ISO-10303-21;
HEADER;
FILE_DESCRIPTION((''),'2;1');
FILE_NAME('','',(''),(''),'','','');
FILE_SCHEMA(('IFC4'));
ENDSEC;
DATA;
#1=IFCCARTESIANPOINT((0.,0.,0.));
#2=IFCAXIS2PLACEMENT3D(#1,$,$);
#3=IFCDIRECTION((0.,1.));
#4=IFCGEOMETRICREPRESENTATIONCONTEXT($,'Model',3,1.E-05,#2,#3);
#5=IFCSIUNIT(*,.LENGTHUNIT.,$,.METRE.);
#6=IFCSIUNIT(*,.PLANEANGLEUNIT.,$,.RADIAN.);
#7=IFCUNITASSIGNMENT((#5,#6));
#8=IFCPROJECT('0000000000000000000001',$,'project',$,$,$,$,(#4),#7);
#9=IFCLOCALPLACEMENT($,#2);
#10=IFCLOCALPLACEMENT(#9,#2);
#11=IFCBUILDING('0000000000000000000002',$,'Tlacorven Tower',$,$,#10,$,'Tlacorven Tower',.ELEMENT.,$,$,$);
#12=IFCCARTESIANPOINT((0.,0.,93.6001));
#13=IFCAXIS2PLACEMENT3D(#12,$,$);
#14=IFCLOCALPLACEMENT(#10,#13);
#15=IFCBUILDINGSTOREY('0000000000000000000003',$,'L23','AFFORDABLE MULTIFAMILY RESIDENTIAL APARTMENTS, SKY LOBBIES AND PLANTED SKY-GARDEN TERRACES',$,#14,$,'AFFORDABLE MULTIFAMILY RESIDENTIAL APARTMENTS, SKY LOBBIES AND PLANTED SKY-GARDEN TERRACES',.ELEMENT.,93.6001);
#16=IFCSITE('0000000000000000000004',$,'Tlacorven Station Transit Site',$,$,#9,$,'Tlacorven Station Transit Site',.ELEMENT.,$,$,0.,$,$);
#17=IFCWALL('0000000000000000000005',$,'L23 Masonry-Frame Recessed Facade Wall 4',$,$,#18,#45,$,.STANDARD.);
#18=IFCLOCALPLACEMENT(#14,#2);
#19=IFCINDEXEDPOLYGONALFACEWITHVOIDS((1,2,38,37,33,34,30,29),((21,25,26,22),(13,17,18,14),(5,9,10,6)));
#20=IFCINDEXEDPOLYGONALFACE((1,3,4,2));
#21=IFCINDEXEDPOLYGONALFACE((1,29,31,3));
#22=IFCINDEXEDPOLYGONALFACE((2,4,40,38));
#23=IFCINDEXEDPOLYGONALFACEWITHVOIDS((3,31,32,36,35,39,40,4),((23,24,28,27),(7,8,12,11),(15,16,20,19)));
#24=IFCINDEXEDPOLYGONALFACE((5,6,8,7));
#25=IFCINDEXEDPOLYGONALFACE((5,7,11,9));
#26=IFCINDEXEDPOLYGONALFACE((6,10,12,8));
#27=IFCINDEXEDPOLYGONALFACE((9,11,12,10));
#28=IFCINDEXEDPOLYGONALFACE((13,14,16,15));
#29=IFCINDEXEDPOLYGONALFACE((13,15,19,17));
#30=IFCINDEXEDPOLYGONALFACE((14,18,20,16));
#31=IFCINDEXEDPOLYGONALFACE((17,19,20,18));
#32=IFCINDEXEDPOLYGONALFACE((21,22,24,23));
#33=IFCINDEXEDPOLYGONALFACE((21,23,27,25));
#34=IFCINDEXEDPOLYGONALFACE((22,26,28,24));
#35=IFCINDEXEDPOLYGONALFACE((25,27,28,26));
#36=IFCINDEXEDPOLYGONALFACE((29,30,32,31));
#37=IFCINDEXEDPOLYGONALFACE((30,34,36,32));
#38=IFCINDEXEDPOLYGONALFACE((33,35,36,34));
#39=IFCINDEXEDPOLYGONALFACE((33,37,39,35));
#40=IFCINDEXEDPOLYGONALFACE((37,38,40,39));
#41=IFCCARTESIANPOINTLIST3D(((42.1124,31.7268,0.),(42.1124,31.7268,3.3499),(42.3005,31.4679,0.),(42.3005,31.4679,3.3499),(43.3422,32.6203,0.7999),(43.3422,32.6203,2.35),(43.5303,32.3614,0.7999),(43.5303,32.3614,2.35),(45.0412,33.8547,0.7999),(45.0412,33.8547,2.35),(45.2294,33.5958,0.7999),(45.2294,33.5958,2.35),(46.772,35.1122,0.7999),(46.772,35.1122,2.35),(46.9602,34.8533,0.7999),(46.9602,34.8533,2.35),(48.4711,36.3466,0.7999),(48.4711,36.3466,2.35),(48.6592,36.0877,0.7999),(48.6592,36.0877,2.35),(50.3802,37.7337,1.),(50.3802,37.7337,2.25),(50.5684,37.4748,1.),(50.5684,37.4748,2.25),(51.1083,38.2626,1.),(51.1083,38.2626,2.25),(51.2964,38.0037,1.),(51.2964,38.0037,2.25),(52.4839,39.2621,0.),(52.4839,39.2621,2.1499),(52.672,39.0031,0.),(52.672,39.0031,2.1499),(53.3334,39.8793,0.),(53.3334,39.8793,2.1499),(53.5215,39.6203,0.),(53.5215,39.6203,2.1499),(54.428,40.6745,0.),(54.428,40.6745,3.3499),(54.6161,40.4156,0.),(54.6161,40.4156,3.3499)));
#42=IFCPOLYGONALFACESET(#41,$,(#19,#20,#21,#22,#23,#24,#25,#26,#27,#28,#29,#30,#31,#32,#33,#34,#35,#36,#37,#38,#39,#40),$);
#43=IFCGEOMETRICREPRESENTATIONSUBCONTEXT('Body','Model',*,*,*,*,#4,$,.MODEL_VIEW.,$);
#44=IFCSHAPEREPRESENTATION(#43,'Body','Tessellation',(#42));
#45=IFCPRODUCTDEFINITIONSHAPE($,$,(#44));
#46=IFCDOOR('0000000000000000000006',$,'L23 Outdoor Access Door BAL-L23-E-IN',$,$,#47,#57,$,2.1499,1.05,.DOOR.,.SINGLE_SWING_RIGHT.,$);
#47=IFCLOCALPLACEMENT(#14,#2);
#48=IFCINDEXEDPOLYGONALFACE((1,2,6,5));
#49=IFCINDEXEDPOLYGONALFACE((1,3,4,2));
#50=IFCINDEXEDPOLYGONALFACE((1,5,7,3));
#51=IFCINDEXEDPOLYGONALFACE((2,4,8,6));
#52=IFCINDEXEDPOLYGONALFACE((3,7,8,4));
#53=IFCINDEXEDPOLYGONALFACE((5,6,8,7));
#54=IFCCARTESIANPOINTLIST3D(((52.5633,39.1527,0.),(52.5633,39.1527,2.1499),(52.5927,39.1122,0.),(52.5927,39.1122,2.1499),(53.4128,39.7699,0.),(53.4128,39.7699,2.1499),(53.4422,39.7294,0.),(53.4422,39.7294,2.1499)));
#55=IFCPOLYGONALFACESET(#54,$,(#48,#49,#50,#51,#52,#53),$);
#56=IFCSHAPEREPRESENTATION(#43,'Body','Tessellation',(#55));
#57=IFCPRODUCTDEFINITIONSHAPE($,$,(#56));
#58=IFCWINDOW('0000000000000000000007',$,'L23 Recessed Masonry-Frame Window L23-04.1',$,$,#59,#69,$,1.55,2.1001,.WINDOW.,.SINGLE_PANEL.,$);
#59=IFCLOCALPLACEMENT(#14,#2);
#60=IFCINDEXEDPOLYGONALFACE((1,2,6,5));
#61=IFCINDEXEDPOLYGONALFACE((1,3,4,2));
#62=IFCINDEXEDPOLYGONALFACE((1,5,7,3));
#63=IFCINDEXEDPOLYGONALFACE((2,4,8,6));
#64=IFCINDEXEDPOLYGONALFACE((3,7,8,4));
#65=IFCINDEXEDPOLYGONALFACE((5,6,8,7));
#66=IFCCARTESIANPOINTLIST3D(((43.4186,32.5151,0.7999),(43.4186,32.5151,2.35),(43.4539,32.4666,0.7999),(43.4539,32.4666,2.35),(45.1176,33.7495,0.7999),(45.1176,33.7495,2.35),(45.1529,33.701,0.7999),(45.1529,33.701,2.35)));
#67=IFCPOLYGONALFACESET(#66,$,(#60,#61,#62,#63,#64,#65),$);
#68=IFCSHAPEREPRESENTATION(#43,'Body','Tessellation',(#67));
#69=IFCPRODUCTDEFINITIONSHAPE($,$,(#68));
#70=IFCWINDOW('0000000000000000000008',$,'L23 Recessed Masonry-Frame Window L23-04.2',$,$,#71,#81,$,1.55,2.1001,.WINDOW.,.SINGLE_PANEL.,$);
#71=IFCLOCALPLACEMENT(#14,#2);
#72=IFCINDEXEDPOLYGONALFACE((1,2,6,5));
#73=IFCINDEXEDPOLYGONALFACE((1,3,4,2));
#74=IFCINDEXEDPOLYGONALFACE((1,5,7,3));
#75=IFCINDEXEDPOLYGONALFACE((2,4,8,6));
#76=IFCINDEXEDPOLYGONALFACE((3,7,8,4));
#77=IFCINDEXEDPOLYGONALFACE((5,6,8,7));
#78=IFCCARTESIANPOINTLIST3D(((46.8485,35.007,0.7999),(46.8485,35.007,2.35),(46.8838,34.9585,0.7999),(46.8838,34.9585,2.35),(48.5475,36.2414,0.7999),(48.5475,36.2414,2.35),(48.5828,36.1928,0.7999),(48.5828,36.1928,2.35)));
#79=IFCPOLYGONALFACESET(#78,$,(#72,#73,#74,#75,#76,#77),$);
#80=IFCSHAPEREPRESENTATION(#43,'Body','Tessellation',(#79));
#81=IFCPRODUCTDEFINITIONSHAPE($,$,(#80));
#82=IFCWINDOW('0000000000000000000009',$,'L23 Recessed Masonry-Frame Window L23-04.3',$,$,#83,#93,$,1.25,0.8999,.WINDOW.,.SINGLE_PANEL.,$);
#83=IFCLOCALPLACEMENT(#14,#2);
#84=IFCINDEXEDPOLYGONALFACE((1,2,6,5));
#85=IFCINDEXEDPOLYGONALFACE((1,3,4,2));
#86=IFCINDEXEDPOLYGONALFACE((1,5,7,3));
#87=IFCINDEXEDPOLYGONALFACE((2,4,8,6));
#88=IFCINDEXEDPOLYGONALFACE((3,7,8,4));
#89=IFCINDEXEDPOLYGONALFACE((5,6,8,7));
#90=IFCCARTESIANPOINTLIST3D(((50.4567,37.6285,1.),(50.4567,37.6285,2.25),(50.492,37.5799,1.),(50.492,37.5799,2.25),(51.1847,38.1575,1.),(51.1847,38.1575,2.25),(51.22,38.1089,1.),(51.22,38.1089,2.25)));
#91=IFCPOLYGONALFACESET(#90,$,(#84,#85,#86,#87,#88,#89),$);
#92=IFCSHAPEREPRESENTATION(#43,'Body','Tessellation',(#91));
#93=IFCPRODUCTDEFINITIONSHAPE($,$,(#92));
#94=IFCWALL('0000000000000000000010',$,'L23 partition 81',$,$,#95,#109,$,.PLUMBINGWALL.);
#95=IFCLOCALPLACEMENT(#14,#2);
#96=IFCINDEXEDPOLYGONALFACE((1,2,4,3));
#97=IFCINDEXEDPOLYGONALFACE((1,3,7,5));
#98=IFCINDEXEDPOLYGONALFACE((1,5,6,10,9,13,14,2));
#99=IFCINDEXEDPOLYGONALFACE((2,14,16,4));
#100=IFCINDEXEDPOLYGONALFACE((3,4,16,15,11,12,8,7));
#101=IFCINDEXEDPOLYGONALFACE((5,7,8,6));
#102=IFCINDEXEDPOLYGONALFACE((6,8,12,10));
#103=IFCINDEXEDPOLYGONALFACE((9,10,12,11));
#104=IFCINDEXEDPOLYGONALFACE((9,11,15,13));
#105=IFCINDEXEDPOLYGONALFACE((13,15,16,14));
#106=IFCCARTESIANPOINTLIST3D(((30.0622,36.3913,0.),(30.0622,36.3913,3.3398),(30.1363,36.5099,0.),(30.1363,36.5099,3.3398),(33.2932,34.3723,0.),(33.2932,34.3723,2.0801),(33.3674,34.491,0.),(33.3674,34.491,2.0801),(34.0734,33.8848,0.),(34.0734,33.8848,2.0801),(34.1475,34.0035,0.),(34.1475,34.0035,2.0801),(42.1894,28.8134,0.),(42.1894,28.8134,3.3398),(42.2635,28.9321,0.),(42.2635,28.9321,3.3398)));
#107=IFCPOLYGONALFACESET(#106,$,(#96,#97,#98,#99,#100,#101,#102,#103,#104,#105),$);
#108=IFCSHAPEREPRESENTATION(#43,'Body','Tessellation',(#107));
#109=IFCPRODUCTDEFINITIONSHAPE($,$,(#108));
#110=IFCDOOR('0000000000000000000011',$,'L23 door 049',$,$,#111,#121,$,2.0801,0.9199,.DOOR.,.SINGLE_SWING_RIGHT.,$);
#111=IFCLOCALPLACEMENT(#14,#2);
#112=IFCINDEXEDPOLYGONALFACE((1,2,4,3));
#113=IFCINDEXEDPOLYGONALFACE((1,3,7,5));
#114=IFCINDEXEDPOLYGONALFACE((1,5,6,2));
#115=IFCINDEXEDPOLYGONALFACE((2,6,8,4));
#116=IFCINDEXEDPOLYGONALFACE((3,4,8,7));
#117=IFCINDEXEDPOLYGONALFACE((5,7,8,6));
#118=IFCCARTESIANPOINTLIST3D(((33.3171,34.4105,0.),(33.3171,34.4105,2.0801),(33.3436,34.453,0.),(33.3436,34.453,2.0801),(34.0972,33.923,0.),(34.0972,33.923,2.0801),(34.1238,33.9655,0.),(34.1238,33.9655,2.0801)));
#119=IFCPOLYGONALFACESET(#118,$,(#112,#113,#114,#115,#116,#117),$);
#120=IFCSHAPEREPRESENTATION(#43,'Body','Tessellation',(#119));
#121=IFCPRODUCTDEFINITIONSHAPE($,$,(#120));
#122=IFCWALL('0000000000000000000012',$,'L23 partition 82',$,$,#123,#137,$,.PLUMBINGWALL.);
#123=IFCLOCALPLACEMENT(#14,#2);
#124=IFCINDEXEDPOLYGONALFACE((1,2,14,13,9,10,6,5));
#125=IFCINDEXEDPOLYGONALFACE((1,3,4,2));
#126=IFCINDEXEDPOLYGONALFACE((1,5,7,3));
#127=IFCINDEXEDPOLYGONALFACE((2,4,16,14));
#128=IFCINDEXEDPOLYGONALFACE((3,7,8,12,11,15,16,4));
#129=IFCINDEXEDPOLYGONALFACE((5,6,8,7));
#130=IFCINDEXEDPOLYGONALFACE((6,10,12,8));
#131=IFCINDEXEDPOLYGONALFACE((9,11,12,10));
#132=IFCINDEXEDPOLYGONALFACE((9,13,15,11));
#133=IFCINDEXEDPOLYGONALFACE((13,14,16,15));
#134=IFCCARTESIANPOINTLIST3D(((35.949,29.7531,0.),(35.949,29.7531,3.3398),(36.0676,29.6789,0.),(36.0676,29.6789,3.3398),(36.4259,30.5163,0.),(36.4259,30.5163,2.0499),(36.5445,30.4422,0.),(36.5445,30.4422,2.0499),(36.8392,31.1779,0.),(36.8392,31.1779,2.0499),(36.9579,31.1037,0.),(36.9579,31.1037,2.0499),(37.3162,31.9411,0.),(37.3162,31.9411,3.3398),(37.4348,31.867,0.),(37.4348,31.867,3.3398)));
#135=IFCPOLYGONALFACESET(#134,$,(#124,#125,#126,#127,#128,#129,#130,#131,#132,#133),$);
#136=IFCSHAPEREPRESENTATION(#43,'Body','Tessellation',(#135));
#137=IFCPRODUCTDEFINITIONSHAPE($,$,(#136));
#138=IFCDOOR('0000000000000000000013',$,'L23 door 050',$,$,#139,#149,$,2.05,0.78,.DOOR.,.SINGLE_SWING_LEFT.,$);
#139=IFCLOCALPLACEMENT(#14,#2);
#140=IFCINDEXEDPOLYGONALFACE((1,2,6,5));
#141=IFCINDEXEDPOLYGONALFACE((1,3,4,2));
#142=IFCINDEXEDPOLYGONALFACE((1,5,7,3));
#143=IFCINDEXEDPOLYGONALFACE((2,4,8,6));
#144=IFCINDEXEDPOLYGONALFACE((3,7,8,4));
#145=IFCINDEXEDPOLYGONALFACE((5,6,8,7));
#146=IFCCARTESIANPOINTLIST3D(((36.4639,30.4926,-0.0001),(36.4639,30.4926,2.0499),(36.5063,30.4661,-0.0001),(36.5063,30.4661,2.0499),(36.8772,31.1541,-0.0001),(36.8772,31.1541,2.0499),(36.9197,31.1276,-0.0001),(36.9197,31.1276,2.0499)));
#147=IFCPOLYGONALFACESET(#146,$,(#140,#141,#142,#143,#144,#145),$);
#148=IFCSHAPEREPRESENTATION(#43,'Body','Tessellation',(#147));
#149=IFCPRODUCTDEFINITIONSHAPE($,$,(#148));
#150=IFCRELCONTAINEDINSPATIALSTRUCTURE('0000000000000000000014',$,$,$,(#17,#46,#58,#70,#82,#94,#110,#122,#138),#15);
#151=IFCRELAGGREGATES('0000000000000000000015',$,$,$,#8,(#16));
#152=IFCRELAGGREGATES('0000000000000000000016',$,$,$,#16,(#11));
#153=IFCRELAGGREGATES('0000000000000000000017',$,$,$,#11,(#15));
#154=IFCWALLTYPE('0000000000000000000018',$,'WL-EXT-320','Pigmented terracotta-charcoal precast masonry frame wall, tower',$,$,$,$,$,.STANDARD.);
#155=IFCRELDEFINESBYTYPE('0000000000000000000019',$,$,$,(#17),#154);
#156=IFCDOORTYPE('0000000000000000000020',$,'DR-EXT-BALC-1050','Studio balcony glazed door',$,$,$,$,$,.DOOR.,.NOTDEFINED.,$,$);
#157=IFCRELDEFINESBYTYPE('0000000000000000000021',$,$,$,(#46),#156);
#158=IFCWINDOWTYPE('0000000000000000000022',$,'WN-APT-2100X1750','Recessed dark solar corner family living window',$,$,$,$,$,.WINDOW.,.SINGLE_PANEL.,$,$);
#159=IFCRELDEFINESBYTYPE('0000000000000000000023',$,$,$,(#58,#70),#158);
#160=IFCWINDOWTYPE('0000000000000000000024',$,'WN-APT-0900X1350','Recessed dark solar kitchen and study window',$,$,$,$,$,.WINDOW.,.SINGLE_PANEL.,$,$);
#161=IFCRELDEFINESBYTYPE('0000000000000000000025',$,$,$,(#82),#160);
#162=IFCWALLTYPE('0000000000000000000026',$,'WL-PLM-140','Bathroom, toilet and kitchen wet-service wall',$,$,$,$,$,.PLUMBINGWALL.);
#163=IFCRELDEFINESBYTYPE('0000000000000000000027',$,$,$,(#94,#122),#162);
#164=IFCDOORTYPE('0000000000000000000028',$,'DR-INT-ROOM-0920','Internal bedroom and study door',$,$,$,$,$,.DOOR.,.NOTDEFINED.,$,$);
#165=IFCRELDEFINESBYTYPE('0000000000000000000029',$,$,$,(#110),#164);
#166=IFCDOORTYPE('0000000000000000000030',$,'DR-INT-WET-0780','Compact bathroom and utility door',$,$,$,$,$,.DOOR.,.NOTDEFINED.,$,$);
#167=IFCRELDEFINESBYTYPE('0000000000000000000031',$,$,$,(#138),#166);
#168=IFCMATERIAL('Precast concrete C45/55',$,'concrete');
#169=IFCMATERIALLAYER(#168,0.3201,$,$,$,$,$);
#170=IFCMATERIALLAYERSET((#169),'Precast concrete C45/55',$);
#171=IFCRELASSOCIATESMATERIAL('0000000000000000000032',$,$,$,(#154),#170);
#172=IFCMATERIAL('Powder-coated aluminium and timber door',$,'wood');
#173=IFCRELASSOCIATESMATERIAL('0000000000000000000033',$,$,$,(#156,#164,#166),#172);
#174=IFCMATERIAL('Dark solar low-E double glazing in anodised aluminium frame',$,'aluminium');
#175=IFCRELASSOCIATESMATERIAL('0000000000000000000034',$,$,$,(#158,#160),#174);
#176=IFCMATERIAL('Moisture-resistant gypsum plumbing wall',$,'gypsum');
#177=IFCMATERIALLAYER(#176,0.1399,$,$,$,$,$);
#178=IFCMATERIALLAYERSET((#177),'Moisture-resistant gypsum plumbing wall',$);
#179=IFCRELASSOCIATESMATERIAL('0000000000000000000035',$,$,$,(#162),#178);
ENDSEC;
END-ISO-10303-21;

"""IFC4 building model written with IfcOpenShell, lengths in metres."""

from ifc_helpers import new_model, si_unit, direction, frame, frame_2d, origin, place, context, subcontext, project, spatial, rectangle, extrude, source, transform, mapped, material, layer, layer_set, type_object, element, fill, save


model = new_model("IFC4")

# Units and contexts
model_context = context("Model", 3, precision=1e-05, world=origin(), true_north=direction((0.0, 1.0)))
body_context = subcontext(model_context, "Body", "Model", "MODEL_VIEW")
ifc_project = project(units=[si_unit("LENGTHUNIT", "METRE"), si_unit("PLANEANGLEUNIT", "RADIAN")], contexts=[model_context])

# Site, building, storey
site_placement = place(None, origin())
site = spatial("IfcSite", under=ifc_project, at=site_placement, Name="Tlacorven Station Transit Site", LongName="Tlacorven Station Transit Site", CompositionType="ELEMENT", RefElevation=0.0)
building_placement = place(site_placement, origin())
building = spatial("IfcBuilding", under=site, at=building_placement, Name="Tlacorven Tower", LongName="Tlacorven Tower", CompositionType="ELEMENT")
storey_placement = place(building_placement, frame((0.0, 0.0, 93.6001)))
storey = spatial("IfcBuildingStorey", under=building, at=storey_placement, Name="L23", Description="AFFORDABLE MULTIFAMILY RESIDENTIAL APARTMENTS, SKY LOBBIES AND PLANTED SKY-GARDEN TERRACES", LongName="AFFORDABLE MULTIFAMILY RESIDENTIAL APARTMENTS, SKY LOBBIES AND PLANTED SKY-GARDEN TERRACES", CompositionType="ELEMENT", Elevation=93.6001)

# Wall, openings, door, windows
ifc_material_1 = material(Name="Precast concrete C45/55", Category="concrete")
ifc_layer_1 = layer(ifc_material_1, 0.3201)
ifc_layer_set_1 = layer_set([ifc_layer_1], Name="Precast concrete C45/55")
wall_type_1 = type_object("IfcWallType", Name="WL-EXT-320", Description="Pigmented terracotta-charcoal precast masonry frame wall, tower", PredefinedType="STANDARD", material=ifc_layer_set_1)
wall_1_placement = place(storey_placement, frame((42.2065, 31.5974, 0.0), z_axis=(0.0, 0.0, 1.0), x_axis=(0.80902, 0.587781, 0.0)))
wall_1 = element("IfcWall", 1, at=wall_1_placement, inside=storey, type_object=wall_type_1, Name="L23 Masonry-Frame Recessed Facade Wall 4", PredefinedType="STANDARD", context=body_context, shape_type="SweptSolid", body=[
    extrude(rectangle(XDim=15.2229, YDim=0.3201, at=frame_2d((7.6113, 0.0))), origin(), (0.0, 0.0, 1.0), 3.3499),
])
opening_1_placement = place(wall_1_placement, frame((12.8198, 0.0, 0.0)))
opening_1 = element("IfcOpeningElement", 2, at=opening_1_placement, cuts=wall_1, PredefinedType="OPENING", context=body_context, shape_type="SweptSolid", body=[
    extrude(rectangle(XDim=1.05, YDim=2.1499, at=frame_2d((0.5249, 1.075))), frame((0.0, 0.1699, 0.0), z_axis=(0.0, -1.0, 0.0), x_axis=(1.0, 0.0, 0.0)), (0.0, 0.0, 1.0), 0.3401),
])
opening_2_placement = place(wall_1_placement, frame((1.52, 0.0, 0.8)))
opening_2 = element("IfcOpeningElement", 3, at=opening_2_placement, cuts=wall_1, PredefinedType="OPENING", context=body_context, shape_type="SweptSolid", body=[
    extrude(rectangle(XDim=2.1001, YDim=1.55, at=frame_2d((1.05, 0.7749))), frame((0.0, 0.1699, 0.0), z_axis=(0.0, -1.0, 0.0), x_axis=(1.0, 0.0, 0.0)), (0.0, 0.0, 1.0), 0.3401),
])
opening_3_placement = place(wall_1_placement, frame((5.7595, 0.0, 0.8)))
opening_3 = element("IfcOpeningElement", 4, at=opening_3_placement, cuts=wall_1, PredefinedType="OPENING", context=body_context, shape_type="SweptSolid", body=[
    extrude(rectangle(XDim=2.1001, YDim=1.55, at=frame_2d((1.05, 0.7749))), frame((0.0, 0.1699, 0.0), z_axis=(0.0, -1.0, 0.0), x_axis=(1.0, 0.0, 0.0)), (0.0, 0.0, 1.0), 0.3401),
])
opening_4_placement = place(wall_1_placement, frame((10.2195, 0.0, 1.0)))
opening_4 = element("IfcOpeningElement", 5, at=opening_4_placement, cuts=wall_1, PredefinedType="OPENING", context=body_context, shape_type="SweptSolid", body=[
    extrude(rectangle(XDim=0.8999, YDim=1.25, at=frame_2d((0.45, 0.625))), frame((0.0, 0.1699, 0.0), z_axis=(0.0, -1.0, 0.0), x_axis=(1.0, 0.0, 0.0)), (0.0, 0.0, 1.0), 0.3401),
])
ifc_material_2 = material(Name="Powder-coated aluminium and timber door", Category="wood")
door_type_1 = type_object("IfcDoorType", Name="DR-EXT-BALC-1050", Description="Studio balcony glazed door", OperationType="NOTDEFINED", PredefinedType="DOOR", material=ifc_material_2)
shared_shape_1 = source(origin(), body_context, "Body", "SweptSolid", [
    extrude(rectangle(XDim=1.05, YDim=2.1499, at=frame_2d((0.5249, 1.075))), frame((0.0, 0.0249, 0.0), z_axis=(0.0, -1.0, 0.0), x_axis=(1.0, 0.0, 0.0)), (0.0, 0.0, 1.0), 0.05),
])
door_1_placement = place(opening_1_placement, origin())
door_1 = element("IfcDoor", 6, at=door_1_placement, inside=storey, type_object=door_type_1, Name="L23 Outdoor Access Door BAL-L23-E-IN", OperationType="SINGLE_SWING_RIGHT", OverallHeight=2.1499, OverallWidth=1.05, PredefinedType="DOOR", context=body_context, shape_type="MappedRepresentation", body=[
    mapped(shared_shape_1, transform((0.0, 0.0, 0.0), scale=1.0)),
])
fill(opening_1, door_1)
ifc_material_3 = material(Name="Dark solar low-E double glazing in anodised aluminium frame", Category="aluminium")
window_type_1 = type_object("IfcWindowType", Name="WN-APT-2100X1750", Description="Recessed dark solar corner family living window", PartitioningType="SINGLE_PANEL", PredefinedType="WINDOW", material=ifc_material_3)
shared_shape_2 = source(origin(), body_context, "Body", "SweptSolid", [
    extrude(rectangle(XDim=2.1001, YDim=1.55, at=frame_2d((1.05, 0.7749))), frame((0.0, 0.03, 0.0), z_axis=(0.0, -1.0, 0.0), x_axis=(1.0, 0.0, 0.0)), (0.0, 0.0, 1.0), 0.0601),
])
window_1_placement = place(opening_2_placement, origin())
window_1 = element("IfcWindow", 7, at=window_1_placement, inside=storey, type_object=window_type_1, Name="L23 Recessed Masonry-Frame Window L23-04.1", OverallHeight=1.55, OverallWidth=2.1001, PartitioningType="SINGLE_PANEL", PredefinedType="WINDOW", context=body_context, shape_type="MappedRepresentation", body=[
    mapped(shared_shape_2, transform((0.0, 0.0, 0.0), scale=1.0)),
])
fill(opening_2, window_1)
window_2_placement = place(opening_3_placement, origin())
window_2 = element("IfcWindow", 8, at=window_2_placement, inside=storey, type_object=window_type_1, Name="L23 Recessed Masonry-Frame Window L23-04.2", OverallHeight=1.55, OverallWidth=2.1001, PartitioningType="SINGLE_PANEL", PredefinedType="WINDOW", context=body_context, shape_type="MappedRepresentation", body=[
    mapped(shared_shape_2, transform((0.0, 0.0, 0.0), scale=1.0)),
])
fill(opening_3, window_2)
window_type_2 = type_object("IfcWindowType", Name="WN-APT-0900X1350", Description="Recessed dark solar kitchen and study window", PartitioningType="SINGLE_PANEL", PredefinedType="WINDOW", material=ifc_material_3)
shared_shape_3 = source(origin(), body_context, "Body", "SweptSolid", [
    extrude(rectangle(XDim=0.8999, YDim=1.25, at=frame_2d((0.45, 0.625))), frame((0.0, 0.03, 0.0), z_axis=(0.0, -1.0, 0.0), x_axis=(1.0, 0.0, 0.0)), (0.0, 0.0, 1.0), 0.0601),
])
window_3_placement = place(opening_4_placement, origin())
window_3 = element("IfcWindow", 9, at=window_3_placement, inside=storey, type_object=window_type_2, Name="L23 Recessed Masonry-Frame Window L23-04.3", OverallHeight=1.25, OverallWidth=0.8999, PartitioningType="SINGLE_PANEL", PredefinedType="WINDOW", context=body_context, shape_type="MappedRepresentation", body=[
    mapped(shared_shape_3, transform((0.0, 0.0, 0.0), scale=1.0)),
])
fill(opening_4, window_3)

# Walls, openings, doors
ifc_material_4 = material(Name="Moisture-resistant gypsum plumbing wall", Category="gypsum")
ifc_layer_2 = layer(ifc_material_4, 0.1399)
ifc_layer_set_2 = layer_set([ifc_layer_2], Name="Moisture-resistant gypsum plumbing wall")
wall_type_2 = type_object("IfcWallType", Name="WL-PLM-140", Description="Bathroom, toilet and kitchen wet-service wall", PredefinedType="PLUMBINGWALL", material=ifc_layer_set_2)
wall_2_placement = place(storey_placement, frame((42.2263, 28.8728, 0.0), z_axis=(0.0, 0.0, 1.0), x_axis=(-0.848049, 0.529918, 0.0)))
wall_2 = element("IfcWall", 10, at=wall_2_placement, inside=storey, type_object=wall_type_2, Name="L23 partition 81", PredefinedType="PLUMBINGWALL", context=body_context, shape_type="SweptSolid", body=[
    extrude(rectangle(XDim=14.3, YDim=0.1399, at=frame_2d((7.1499, 0.0))), origin(), (0.0, 0.0, 1.0), 3.3398),
])
opening_5_placement = place(wall_2_placement, frame((9.5701, 0.0, 0.0)))
opening_5 = element("IfcOpeningElement", 11, at=opening_5_placement, cuts=wall_2, PredefinedType="OPENING", context=body_context, shape_type="SweptSolid", body=[
    extrude(rectangle(XDim=0.9199, YDim=2.0801, at=frame_2d((0.46, 1.04))), frame((0.0, 0.0801, 0.0), z_axis=(0.0, -1.0, 0.0), x_axis=(1.0, 0.0, 0.0)), (0.0, 0.0, 1.0), 0.1599),
])
door_type_2 = type_object("IfcDoorType", Name="DR-INT-ROOM-0920", Description="Internal bedroom and study door", OperationType="NOTDEFINED", PredefinedType="DOOR", material=ifc_material_2)
shared_shape_4 = source(origin(), body_context, "Body", "SweptSolid", [
    extrude(rectangle(XDim=0.9199, YDim=2.0801, at=frame_2d((0.46, 1.04))), frame((0.0, 0.0249, 0.0), z_axis=(0.0, -1.0, 0.0), x_axis=(1.0, 0.0, 0.0)), (0.0, 0.0, 1.0), 0.05),
])
door_2_placement = place(opening_5_placement, origin())
door_2 = element("IfcDoor", 12, at=door_2_placement, inside=storey, type_object=door_type_2, Name="L23 door 049", OperationType="SINGLE_SWING_RIGHT", OverallHeight=2.0801, OverallWidth=0.9199, PredefinedType="DOOR", context=body_context, shape_type="MappedRepresentation", body=[
    mapped(shared_shape_4, transform((0.0, 0.0, 0.0), scale=1.0)),
])
fill(opening_5, door_2)
wall_3_placement = place(storey_placement, frame((37.3755, 31.9041, 0.0), z_axis=(0.0, 0.0, 1.0), x_axis=(-0.529914, -0.848051, 0.0)))
wall_3 = element("IfcWall", 13, at=wall_3_placement, inside=storey, type_object=wall_type_2, Name="L23 partition 82", PredefinedType="PLUMBINGWALL", context=body_context, shape_type="SweptSolid", body=[
    extrude(rectangle(XDim=2.5801, YDim=0.1399, at=frame_2d((1.29, 0.0))), origin(), (0.0, 0.0, 1.0), 3.3398),
])
opening_6_placement = place(wall_3_placement, frame((0.8999, 0.0, 0.0)))
opening_6 = element("IfcOpeningElement", 14, at=opening_6_placement, cuts=wall_3, PredefinedType="OPENING", context=body_context, shape_type="SweptSolid", body=[
    extrude(rectangle(XDim=0.78, YDim=2.05, at=frame_2d((0.3901, 1.0249))), frame((0.0, 0.0801, 0.0), z_axis=(0.0, -1.0, 0.0), x_axis=(1.0, 0.0, 0.0)), (0.0, 0.0, 1.0), 0.1599),
])
door_type_3 = type_object("IfcDoorType", Name="DR-INT-WET-0780", Description="Compact bathroom and utility door", OperationType="NOTDEFINED", PredefinedType="DOOR", material=ifc_material_2)
shared_shape_5 = source(origin(), body_context, "Body", "SweptSolid", [
    extrude(rectangle(XDim=0.78, YDim=2.05, at=frame_2d((0.3901, 1.0249))), frame((0.0, 0.0249, 0.0), z_axis=(0.0, -1.0, 0.0), x_axis=(1.0, 0.0, 0.0)), (0.0, 0.0, 1.0), 0.05),
])
door_3_placement = place(opening_6_placement, origin())
door_3 = element("IfcDoor", 15, at=door_3_placement, inside=storey, type_object=door_type_3, Name="L23 door 050", OperationType="SINGLE_SWING_LEFT", OverallHeight=2.05, OverallWidth=0.78, PredefinedType="DOOR", context=body_context, shape_type="MappedRepresentation", body=[
    mapped(shared_shape_5, transform((0.0, 0.0, 0.0), scale=1.0)),
])
fill(opening_6, door_3)

save(model, "model.ifc")
